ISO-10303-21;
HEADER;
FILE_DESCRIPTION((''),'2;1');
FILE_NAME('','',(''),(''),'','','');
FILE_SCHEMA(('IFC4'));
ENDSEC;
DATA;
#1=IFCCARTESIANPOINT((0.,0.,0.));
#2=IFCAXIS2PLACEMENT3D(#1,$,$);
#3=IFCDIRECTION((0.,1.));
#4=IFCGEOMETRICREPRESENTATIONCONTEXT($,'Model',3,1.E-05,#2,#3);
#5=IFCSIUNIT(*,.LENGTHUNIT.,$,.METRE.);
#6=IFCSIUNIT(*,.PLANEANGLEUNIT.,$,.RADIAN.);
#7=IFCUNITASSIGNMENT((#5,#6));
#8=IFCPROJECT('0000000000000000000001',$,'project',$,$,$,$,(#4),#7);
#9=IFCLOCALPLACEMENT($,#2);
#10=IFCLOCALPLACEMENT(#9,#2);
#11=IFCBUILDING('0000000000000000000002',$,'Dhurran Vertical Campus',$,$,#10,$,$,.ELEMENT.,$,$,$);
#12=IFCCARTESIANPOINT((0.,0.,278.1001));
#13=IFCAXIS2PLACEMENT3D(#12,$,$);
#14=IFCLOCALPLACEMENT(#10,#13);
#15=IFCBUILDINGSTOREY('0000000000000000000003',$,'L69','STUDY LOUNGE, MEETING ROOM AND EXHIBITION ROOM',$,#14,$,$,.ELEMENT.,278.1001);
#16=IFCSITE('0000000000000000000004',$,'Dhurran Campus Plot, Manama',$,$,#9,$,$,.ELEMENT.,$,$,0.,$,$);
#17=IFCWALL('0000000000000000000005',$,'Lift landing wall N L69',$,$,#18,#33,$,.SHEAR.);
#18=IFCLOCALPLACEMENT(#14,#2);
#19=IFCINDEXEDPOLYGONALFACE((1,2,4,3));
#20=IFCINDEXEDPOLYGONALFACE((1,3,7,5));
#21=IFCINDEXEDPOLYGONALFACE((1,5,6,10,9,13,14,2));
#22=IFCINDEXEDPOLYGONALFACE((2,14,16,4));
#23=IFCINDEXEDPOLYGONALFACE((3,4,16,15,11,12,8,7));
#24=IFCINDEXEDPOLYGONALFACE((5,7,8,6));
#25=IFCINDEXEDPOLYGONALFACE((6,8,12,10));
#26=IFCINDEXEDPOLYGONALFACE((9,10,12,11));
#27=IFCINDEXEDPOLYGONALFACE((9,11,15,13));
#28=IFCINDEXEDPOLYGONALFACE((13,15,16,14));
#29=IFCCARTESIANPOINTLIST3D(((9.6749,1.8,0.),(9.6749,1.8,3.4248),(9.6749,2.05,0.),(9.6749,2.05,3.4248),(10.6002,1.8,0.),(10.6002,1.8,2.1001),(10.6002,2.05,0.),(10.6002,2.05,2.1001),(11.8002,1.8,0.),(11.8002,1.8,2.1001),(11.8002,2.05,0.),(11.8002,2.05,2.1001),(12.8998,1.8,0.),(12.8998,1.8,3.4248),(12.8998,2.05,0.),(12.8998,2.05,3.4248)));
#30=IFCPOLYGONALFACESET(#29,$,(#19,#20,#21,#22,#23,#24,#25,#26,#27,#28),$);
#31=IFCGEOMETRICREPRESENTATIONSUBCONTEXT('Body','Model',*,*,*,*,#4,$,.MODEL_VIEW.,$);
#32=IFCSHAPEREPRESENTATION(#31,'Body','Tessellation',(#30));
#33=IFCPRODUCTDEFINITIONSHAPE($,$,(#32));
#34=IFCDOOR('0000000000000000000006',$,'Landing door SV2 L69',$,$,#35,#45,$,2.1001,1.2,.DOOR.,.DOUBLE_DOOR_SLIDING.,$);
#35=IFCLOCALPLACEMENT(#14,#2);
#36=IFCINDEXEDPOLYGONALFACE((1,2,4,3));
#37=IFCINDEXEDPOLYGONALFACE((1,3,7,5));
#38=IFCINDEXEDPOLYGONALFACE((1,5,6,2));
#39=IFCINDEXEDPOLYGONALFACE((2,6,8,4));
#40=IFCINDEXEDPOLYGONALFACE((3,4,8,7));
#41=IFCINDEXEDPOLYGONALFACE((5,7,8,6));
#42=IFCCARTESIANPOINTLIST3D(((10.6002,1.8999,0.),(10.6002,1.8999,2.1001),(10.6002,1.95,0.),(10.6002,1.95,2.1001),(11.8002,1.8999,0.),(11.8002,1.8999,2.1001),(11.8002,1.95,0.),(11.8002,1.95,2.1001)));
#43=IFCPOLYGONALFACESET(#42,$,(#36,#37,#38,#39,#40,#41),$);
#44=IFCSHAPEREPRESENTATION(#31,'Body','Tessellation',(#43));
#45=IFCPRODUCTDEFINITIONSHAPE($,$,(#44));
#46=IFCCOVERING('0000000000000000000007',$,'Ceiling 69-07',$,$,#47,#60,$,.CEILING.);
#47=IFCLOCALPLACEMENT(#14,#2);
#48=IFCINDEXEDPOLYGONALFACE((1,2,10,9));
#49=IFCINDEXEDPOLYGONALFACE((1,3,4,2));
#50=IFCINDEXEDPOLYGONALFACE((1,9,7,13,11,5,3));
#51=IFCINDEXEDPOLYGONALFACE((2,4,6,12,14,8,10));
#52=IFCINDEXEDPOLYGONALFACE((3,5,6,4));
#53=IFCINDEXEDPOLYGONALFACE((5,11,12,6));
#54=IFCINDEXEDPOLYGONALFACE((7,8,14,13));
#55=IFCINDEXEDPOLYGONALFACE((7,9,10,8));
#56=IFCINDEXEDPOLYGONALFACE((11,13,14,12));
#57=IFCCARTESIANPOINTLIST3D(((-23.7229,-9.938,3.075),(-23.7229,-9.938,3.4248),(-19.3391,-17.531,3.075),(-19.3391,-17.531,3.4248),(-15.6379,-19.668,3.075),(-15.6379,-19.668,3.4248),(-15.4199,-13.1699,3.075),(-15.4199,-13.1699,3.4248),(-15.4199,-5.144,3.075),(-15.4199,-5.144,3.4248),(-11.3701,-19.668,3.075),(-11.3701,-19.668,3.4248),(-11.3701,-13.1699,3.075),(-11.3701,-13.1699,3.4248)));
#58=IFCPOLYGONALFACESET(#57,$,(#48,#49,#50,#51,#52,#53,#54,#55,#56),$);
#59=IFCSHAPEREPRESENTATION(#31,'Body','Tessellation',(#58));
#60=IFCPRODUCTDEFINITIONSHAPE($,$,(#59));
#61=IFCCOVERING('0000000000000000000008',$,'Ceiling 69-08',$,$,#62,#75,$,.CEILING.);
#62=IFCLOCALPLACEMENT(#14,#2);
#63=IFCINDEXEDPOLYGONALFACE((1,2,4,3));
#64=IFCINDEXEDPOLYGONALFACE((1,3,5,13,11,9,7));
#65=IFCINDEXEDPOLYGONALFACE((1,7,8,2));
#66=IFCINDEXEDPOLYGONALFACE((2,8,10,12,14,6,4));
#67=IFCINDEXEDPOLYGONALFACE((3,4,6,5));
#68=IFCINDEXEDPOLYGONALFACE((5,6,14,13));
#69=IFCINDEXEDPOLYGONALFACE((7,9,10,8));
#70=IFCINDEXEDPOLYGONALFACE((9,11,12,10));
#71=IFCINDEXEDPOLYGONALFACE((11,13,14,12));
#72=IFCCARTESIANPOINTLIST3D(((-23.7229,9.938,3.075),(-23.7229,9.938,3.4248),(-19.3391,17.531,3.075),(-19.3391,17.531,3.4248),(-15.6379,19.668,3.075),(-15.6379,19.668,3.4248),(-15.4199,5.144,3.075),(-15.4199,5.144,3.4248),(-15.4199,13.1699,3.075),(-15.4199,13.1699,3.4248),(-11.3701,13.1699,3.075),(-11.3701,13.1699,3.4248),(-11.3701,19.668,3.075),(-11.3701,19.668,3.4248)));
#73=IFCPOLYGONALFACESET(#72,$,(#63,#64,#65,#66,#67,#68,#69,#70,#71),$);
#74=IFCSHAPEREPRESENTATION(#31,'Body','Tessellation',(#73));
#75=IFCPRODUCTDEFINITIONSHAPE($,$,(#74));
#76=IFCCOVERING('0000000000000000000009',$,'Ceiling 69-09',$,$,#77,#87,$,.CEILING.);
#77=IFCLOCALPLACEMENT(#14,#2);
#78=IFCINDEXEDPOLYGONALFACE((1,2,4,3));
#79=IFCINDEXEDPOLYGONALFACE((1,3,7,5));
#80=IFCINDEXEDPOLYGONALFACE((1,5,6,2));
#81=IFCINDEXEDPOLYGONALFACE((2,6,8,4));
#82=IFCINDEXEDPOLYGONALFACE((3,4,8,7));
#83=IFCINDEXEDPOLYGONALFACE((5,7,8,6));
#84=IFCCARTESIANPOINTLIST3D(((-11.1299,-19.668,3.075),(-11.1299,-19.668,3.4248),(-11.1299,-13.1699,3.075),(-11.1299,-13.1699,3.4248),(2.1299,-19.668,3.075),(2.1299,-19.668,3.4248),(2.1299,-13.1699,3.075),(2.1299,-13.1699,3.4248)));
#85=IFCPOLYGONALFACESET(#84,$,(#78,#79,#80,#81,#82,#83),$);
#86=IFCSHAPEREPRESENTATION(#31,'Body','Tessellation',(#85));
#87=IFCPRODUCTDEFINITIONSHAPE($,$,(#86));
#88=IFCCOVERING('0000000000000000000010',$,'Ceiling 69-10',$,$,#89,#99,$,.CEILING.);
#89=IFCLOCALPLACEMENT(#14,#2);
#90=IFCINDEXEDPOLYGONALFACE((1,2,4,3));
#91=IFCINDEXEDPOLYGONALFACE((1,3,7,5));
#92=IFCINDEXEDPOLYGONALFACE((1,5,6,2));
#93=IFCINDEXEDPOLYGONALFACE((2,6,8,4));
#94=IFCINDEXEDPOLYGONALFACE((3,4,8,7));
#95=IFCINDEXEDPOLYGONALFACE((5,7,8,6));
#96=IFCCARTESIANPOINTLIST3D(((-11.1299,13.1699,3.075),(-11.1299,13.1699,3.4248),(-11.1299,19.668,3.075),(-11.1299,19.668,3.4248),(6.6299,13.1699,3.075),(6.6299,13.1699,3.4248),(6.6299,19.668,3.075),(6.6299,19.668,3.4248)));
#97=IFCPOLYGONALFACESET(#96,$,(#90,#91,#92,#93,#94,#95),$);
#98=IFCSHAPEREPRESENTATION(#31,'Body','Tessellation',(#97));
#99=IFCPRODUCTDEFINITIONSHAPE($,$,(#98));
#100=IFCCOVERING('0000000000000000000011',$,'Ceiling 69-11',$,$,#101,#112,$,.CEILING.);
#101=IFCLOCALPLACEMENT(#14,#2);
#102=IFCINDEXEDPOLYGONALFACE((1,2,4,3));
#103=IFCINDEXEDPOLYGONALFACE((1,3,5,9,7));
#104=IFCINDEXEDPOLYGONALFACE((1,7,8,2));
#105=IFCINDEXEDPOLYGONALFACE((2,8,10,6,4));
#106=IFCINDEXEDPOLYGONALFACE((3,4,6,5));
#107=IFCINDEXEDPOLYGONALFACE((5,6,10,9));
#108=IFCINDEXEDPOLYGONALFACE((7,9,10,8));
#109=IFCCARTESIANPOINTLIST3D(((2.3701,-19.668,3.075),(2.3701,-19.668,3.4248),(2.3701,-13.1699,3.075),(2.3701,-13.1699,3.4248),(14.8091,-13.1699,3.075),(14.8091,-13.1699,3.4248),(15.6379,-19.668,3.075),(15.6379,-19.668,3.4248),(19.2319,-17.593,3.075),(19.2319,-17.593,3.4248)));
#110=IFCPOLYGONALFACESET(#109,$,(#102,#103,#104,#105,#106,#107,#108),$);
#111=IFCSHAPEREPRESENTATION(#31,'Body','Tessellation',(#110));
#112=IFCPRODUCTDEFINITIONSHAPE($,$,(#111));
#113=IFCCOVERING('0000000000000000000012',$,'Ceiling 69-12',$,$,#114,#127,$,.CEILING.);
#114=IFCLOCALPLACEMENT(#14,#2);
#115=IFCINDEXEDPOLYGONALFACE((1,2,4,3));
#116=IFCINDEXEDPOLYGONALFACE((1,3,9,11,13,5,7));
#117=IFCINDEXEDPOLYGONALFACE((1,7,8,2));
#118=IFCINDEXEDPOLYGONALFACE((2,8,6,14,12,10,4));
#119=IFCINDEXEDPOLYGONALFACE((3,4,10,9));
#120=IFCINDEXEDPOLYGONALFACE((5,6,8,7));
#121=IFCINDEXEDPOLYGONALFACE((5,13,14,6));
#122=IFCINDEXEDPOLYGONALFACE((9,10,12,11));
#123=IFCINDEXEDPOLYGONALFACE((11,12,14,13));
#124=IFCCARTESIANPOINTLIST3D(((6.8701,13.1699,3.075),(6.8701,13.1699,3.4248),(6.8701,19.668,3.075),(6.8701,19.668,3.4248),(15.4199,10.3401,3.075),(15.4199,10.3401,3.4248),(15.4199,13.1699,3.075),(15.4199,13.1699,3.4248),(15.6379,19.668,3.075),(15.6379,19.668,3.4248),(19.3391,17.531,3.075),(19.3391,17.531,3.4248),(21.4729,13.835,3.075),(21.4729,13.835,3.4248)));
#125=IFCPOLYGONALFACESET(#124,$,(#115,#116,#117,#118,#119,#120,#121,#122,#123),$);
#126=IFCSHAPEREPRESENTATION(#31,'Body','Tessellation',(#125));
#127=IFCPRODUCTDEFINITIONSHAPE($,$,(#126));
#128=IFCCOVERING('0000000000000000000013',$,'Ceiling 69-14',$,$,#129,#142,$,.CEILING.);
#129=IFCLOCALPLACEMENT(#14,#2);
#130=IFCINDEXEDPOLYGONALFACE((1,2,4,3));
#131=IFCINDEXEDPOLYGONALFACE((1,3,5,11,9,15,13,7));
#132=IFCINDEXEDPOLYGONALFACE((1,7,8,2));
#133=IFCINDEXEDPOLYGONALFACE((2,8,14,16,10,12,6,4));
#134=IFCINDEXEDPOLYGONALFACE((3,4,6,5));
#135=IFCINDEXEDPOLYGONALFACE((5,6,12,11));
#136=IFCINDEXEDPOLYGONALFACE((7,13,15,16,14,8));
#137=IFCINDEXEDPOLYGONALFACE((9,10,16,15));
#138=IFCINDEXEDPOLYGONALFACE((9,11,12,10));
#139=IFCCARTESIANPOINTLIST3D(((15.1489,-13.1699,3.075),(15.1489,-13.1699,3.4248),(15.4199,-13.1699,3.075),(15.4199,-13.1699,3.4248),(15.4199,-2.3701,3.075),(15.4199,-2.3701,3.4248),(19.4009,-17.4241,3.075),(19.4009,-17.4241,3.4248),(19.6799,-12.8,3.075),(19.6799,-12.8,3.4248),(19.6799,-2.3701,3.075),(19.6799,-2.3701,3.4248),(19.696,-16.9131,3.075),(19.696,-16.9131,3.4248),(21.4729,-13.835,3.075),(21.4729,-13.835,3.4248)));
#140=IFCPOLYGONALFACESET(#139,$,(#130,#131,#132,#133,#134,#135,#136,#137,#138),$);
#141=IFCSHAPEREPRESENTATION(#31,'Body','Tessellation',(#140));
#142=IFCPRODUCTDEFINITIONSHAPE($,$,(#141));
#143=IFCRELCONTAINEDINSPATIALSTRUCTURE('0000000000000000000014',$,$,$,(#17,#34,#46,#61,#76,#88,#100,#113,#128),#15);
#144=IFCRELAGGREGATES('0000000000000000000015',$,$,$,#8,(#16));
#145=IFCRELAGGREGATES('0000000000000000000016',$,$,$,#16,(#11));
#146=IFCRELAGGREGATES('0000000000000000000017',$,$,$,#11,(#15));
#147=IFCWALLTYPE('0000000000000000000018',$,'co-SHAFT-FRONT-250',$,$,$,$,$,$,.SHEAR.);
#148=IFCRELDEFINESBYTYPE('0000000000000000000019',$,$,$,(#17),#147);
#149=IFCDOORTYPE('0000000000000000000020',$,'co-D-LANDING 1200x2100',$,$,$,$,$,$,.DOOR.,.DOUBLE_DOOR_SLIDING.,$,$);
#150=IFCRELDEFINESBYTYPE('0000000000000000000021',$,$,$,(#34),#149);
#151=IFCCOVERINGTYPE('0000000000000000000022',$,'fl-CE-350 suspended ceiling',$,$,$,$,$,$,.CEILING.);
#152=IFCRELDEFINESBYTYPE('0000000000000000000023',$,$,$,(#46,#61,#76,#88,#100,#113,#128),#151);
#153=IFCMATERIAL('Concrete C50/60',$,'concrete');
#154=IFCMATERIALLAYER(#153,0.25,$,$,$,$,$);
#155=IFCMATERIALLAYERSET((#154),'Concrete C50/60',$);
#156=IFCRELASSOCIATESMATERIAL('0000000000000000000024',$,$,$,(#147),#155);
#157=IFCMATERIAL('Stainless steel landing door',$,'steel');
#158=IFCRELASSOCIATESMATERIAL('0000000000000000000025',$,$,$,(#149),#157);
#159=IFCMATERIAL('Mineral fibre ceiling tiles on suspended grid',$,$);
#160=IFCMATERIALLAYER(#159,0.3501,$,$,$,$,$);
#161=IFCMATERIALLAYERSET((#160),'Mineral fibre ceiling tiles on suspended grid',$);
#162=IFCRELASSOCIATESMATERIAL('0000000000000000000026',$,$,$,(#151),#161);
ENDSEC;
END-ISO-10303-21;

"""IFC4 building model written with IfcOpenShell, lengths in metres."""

from ifc_helpers import new_model, si_unit, direction, frame, frame_2d, origin, place, context, subcontext, project, spatial, polyline, rectangle, outline, extrude, material, layer, layer_set, type_object, element, fill, save


model = new_model("IFC4")

# Units and contexts
model_context = context("Model", 3, precision=1e-05, world=origin(), true_north=direction((0.0, 1.0)))
body_context = subcontext(model_context, "Body", "Model", "MODEL_VIEW")
ifc_project = project(units=[si_unit("LENGTHUNIT", "METRE"), si_unit("PLANEANGLEUNIT", "RADIAN")], contexts=[model_context])

# Site, building, storey
site_placement = place(None, origin())
site = spatial("IfcSite", under=ifc_project, at=site_placement, Name="Dhurran Campus Plot, Manama", CompositionType="ELEMENT", RefElevation=0.0)
building_placement = place(site_placement, origin())
building = spatial("IfcBuilding", under=site, at=building_placement, Name="Dhurran Vertical Campus", CompositionType="ELEMENT")
storey_placement = place(building_placement, frame((0.0, 0.0, 278.1001)))
storey = spatial("IfcBuildingStorey", under=building, at=storey_placement, Name="L69", Description="STUDY LOUNGE, MEETING ROOM AND EXHIBITION ROOM", CompositionType="ELEMENT", Elevation=278.1001)

# Shared definitions
ifc_material_1 = material(Name="Concrete C50/60", Category="concrete")
ifc_layer_1 = layer(ifc_material_1, 0.25)
ifc_layer_set_1 = layer_set([ifc_layer_1], Name="Concrete C50/60")
wall_type_1 = type_object("IfcWallType", Name="co-SHAFT-FRONT-250", PredefinedType="SHEAR", material=ifc_layer_set_1)
ifc_material_2 = material(Name="Stainless steel landing door", Category="steel")
door_type_1 = type_object("IfcDoorType", Name="co-D-LANDING 1200x2100", OperationType="DOUBLE_DOOR_SLIDING", PredefinedType="DOOR", material=ifc_material_2)

# Wall, opening, door
wall_1_placement = place(storey_placement, frame((9.675, 1.925, 0.0), z_axis=(0.0, 0.0, 1.0), x_axis=(1.0, 0.0, 0.0)))
wall_1 = element("IfcWall", 1, at=wall_1_placement, inside=storey, type_object=wall_type_1, Name="Lift landing wall N L69", PredefinedType="SHEAR", context=body_context, shape_type="SweptSolid", body=[
    extrude(rectangle(XDim=3.2249, YDim=0.25, at=frame_2d((1.6123, 0.0))), origin(), (0.0, 0.0, 1.0), 3.4248),
])
opening_1_placement = place(wall_1_placement, frame((0.925, 0.0, 0.0)))
opening_1 = element("IfcOpeningElement", 2, at=opening_1_placement, cuts=wall_1, PredefinedType="OPENING", context=body_context, shape_type="SweptSolid", body=[
    extrude(rectangle(XDim=1.2, YDim=2.1001, at=frame_2d((0.6001, 1.05))), frame((0.0, 0.135, 0.0), z_axis=(0.0, -1.0, 0.0), x_axis=(1.0, 0.0, 0.0)), (0.0, 0.0, 1.0), 0.27),
])
door_1_placement = place(opening_1_placement, origin())
door_1 = element("IfcDoor", 3, at=door_1_placement, inside=storey, type_object=door_type_1, Name="Landing door SV2 L69", OperationType="DOUBLE_DOOR_SLIDING", OverallHeight=2.1001, OverallWidth=1.2, PredefinedType="DOOR", context=body_context, shape_type="SweptSolid", body=[
    extrude(rectangle(XDim=1.2, YDim=2.1001, at=frame_2d((0.6001, 1.05))), frame((0.0, 0.0249, 0.0), z_axis=(0.0, -1.0, 0.0), x_axis=(1.0, 0.0, 0.0)), (0.0, 0.0, 1.0), 0.05),
])
fill(opening_1, door_1)

# Coverings
ifc_material_3 = material(Name="Mineral fibre ceiling tiles on suspended grid")
ifc_layer_2 = layer(ifc_material_3, 0.3501)
ifc_layer_set_2 = layer_set([ifc_layer_2], Name="Mineral fibre ceiling tiles on suspended grid")
covering_type = type_object("IfcCoveringType", Name="fl-CE-350 suspended ceiling", PredefinedType="CEILING", material=ifc_layer_set_2)
covering_1_placement = place(storey_placement, frame((0.0, 0.0, 3.075)))
element("IfcCovering", 4, at=covering_1_placement, inside=storey, type_object=covering_type, Name="Ceiling 69-07", PredefinedType="CEILING", context=body_context, shape_type="SweptSolid", body=[
    extrude(outline(polyline([(-15.6379, -19.668), (-19.3391, -17.531), (-23.7229, -9.938), (-15.4199, -5.144), (-15.4199, -13.1699), (-11.3701, -13.1699), (-11.3701, -19.668), (-15.6379, -19.668)])), origin(), (0.0, 0.0, 1.0), 0.3499),
])
covering_2_placement = place(storey_placement, frame((0.0, 0.0, 3.075)))
element("IfcCovering", 5, at=covering_2_placement, inside=storey, type_object=covering_type, Name="Ceiling 69-08", PredefinedType="CEILING", context=body_context, shape_type="SweptSolid", body=[
    extrude(outline(polyline([(-23.7229, 9.938), (-19.3391, 17.531), (-15.6379, 19.668), (-11.3701, 19.668), (-11.3701, 13.1699), (-15.4199, 13.1699), (-15.4199, 5.144), (-23.7229, 9.938)])), origin(), (0.0, 0.0, 1.0), 0.3499),
])
covering_3_placement = place(storey_placement, frame((0.0, 0.0, 3.075)))
element("IfcCovering", 6, at=covering_3_placement, inside=storey, type_object=covering_type, Name="Ceiling 69-09", PredefinedType="CEILING", context=body_context, shape_type="SweptSolid", body=[
    extrude(outline(polyline([(2.1299, -19.668), (-11.1299, -19.668), (-11.1299, -13.1699), (2.1299, -13.1699), (2.1299, -19.668)])), origin(), (0.0, 0.0, 1.0), 0.3499),
])
covering_4_placement = place(storey_placement, frame((0.0, 0.0, 3.075)))
element("IfcCovering", 7, at=covering_4_placement, inside=storey, type_object=covering_type, Name="Ceiling 69-10", PredefinedType="CEILING", context=body_context, shape_type="SweptSolid", body=[
    extrude(outline(polyline([(-11.1299, 19.668), (6.6299, 19.668), (6.6299, 13.1699), (-11.1299, 13.1699), (-11.1299, 19.668)])), origin(), (0.0, 0.0, 1.0), 0.3499),
])
covering_5_placement = place(storey_placement, frame((0.0, 0.0, 3.075)))
element("IfcCovering", 8, at=covering_5_placement, inside=storey, type_object=covering_type, Name="Ceiling 69-11", PredefinedType="CEILING", context=body_context, shape_type="SweptSolid", body=[
    extrude(outline(polyline([(19.2319, -17.593), (15.6379, -19.668), (2.3701, -19.668), (2.3701, -13.1699), (14.8091, -13.1699), (19.2319, -17.593)])), origin(), (0.0, 0.0, 1.0), 0.3499),
])
covering_6_placement = place(storey_placement, frame((0.0, 0.0, 3.075)))
element("IfcCovering", 9, at=covering_6_placement, inside=storey, type_object=covering_type, Name="Ceiling 69-12", PredefinedType="CEILING", context=body_context, shape_type="SweptSolid", body=[
    extrude(outline(polyline([(6.8701, 19.668), (15.6379, 19.668), (19.3391, 17.531), (21.4729, 13.835), (15.4199, 10.3401), (15.4199, 13.1699), (6.8701, 13.1699), (6.8701, 19.668)])), origin(), (0.0, 0.0, 1.0), 0.3499),
])
covering_7_placement = place(storey_placement, frame((0.0, 0.0, 3.075)))
element("IfcCovering", 10, at=covering_7_placement, inside=storey, type_object=covering_type, Name="Ceiling 69-14", PredefinedType="CEILING", context=body_context, shape_type="SweptSolid", body=[
    extrude(outline(polyline([(19.696, -16.9131), (19.4009, -17.4241), (15.1489, -13.1699), (15.4199, -13.1699), (15.4199, -2.3701), (19.6799, -2.3701), (19.6799, -12.8), (21.4729, -13.835), (19.696, -16.9131)])), origin(), (0.0, 0.0, 1.0), 0.3499),
])

save(model, "model.ifc")
